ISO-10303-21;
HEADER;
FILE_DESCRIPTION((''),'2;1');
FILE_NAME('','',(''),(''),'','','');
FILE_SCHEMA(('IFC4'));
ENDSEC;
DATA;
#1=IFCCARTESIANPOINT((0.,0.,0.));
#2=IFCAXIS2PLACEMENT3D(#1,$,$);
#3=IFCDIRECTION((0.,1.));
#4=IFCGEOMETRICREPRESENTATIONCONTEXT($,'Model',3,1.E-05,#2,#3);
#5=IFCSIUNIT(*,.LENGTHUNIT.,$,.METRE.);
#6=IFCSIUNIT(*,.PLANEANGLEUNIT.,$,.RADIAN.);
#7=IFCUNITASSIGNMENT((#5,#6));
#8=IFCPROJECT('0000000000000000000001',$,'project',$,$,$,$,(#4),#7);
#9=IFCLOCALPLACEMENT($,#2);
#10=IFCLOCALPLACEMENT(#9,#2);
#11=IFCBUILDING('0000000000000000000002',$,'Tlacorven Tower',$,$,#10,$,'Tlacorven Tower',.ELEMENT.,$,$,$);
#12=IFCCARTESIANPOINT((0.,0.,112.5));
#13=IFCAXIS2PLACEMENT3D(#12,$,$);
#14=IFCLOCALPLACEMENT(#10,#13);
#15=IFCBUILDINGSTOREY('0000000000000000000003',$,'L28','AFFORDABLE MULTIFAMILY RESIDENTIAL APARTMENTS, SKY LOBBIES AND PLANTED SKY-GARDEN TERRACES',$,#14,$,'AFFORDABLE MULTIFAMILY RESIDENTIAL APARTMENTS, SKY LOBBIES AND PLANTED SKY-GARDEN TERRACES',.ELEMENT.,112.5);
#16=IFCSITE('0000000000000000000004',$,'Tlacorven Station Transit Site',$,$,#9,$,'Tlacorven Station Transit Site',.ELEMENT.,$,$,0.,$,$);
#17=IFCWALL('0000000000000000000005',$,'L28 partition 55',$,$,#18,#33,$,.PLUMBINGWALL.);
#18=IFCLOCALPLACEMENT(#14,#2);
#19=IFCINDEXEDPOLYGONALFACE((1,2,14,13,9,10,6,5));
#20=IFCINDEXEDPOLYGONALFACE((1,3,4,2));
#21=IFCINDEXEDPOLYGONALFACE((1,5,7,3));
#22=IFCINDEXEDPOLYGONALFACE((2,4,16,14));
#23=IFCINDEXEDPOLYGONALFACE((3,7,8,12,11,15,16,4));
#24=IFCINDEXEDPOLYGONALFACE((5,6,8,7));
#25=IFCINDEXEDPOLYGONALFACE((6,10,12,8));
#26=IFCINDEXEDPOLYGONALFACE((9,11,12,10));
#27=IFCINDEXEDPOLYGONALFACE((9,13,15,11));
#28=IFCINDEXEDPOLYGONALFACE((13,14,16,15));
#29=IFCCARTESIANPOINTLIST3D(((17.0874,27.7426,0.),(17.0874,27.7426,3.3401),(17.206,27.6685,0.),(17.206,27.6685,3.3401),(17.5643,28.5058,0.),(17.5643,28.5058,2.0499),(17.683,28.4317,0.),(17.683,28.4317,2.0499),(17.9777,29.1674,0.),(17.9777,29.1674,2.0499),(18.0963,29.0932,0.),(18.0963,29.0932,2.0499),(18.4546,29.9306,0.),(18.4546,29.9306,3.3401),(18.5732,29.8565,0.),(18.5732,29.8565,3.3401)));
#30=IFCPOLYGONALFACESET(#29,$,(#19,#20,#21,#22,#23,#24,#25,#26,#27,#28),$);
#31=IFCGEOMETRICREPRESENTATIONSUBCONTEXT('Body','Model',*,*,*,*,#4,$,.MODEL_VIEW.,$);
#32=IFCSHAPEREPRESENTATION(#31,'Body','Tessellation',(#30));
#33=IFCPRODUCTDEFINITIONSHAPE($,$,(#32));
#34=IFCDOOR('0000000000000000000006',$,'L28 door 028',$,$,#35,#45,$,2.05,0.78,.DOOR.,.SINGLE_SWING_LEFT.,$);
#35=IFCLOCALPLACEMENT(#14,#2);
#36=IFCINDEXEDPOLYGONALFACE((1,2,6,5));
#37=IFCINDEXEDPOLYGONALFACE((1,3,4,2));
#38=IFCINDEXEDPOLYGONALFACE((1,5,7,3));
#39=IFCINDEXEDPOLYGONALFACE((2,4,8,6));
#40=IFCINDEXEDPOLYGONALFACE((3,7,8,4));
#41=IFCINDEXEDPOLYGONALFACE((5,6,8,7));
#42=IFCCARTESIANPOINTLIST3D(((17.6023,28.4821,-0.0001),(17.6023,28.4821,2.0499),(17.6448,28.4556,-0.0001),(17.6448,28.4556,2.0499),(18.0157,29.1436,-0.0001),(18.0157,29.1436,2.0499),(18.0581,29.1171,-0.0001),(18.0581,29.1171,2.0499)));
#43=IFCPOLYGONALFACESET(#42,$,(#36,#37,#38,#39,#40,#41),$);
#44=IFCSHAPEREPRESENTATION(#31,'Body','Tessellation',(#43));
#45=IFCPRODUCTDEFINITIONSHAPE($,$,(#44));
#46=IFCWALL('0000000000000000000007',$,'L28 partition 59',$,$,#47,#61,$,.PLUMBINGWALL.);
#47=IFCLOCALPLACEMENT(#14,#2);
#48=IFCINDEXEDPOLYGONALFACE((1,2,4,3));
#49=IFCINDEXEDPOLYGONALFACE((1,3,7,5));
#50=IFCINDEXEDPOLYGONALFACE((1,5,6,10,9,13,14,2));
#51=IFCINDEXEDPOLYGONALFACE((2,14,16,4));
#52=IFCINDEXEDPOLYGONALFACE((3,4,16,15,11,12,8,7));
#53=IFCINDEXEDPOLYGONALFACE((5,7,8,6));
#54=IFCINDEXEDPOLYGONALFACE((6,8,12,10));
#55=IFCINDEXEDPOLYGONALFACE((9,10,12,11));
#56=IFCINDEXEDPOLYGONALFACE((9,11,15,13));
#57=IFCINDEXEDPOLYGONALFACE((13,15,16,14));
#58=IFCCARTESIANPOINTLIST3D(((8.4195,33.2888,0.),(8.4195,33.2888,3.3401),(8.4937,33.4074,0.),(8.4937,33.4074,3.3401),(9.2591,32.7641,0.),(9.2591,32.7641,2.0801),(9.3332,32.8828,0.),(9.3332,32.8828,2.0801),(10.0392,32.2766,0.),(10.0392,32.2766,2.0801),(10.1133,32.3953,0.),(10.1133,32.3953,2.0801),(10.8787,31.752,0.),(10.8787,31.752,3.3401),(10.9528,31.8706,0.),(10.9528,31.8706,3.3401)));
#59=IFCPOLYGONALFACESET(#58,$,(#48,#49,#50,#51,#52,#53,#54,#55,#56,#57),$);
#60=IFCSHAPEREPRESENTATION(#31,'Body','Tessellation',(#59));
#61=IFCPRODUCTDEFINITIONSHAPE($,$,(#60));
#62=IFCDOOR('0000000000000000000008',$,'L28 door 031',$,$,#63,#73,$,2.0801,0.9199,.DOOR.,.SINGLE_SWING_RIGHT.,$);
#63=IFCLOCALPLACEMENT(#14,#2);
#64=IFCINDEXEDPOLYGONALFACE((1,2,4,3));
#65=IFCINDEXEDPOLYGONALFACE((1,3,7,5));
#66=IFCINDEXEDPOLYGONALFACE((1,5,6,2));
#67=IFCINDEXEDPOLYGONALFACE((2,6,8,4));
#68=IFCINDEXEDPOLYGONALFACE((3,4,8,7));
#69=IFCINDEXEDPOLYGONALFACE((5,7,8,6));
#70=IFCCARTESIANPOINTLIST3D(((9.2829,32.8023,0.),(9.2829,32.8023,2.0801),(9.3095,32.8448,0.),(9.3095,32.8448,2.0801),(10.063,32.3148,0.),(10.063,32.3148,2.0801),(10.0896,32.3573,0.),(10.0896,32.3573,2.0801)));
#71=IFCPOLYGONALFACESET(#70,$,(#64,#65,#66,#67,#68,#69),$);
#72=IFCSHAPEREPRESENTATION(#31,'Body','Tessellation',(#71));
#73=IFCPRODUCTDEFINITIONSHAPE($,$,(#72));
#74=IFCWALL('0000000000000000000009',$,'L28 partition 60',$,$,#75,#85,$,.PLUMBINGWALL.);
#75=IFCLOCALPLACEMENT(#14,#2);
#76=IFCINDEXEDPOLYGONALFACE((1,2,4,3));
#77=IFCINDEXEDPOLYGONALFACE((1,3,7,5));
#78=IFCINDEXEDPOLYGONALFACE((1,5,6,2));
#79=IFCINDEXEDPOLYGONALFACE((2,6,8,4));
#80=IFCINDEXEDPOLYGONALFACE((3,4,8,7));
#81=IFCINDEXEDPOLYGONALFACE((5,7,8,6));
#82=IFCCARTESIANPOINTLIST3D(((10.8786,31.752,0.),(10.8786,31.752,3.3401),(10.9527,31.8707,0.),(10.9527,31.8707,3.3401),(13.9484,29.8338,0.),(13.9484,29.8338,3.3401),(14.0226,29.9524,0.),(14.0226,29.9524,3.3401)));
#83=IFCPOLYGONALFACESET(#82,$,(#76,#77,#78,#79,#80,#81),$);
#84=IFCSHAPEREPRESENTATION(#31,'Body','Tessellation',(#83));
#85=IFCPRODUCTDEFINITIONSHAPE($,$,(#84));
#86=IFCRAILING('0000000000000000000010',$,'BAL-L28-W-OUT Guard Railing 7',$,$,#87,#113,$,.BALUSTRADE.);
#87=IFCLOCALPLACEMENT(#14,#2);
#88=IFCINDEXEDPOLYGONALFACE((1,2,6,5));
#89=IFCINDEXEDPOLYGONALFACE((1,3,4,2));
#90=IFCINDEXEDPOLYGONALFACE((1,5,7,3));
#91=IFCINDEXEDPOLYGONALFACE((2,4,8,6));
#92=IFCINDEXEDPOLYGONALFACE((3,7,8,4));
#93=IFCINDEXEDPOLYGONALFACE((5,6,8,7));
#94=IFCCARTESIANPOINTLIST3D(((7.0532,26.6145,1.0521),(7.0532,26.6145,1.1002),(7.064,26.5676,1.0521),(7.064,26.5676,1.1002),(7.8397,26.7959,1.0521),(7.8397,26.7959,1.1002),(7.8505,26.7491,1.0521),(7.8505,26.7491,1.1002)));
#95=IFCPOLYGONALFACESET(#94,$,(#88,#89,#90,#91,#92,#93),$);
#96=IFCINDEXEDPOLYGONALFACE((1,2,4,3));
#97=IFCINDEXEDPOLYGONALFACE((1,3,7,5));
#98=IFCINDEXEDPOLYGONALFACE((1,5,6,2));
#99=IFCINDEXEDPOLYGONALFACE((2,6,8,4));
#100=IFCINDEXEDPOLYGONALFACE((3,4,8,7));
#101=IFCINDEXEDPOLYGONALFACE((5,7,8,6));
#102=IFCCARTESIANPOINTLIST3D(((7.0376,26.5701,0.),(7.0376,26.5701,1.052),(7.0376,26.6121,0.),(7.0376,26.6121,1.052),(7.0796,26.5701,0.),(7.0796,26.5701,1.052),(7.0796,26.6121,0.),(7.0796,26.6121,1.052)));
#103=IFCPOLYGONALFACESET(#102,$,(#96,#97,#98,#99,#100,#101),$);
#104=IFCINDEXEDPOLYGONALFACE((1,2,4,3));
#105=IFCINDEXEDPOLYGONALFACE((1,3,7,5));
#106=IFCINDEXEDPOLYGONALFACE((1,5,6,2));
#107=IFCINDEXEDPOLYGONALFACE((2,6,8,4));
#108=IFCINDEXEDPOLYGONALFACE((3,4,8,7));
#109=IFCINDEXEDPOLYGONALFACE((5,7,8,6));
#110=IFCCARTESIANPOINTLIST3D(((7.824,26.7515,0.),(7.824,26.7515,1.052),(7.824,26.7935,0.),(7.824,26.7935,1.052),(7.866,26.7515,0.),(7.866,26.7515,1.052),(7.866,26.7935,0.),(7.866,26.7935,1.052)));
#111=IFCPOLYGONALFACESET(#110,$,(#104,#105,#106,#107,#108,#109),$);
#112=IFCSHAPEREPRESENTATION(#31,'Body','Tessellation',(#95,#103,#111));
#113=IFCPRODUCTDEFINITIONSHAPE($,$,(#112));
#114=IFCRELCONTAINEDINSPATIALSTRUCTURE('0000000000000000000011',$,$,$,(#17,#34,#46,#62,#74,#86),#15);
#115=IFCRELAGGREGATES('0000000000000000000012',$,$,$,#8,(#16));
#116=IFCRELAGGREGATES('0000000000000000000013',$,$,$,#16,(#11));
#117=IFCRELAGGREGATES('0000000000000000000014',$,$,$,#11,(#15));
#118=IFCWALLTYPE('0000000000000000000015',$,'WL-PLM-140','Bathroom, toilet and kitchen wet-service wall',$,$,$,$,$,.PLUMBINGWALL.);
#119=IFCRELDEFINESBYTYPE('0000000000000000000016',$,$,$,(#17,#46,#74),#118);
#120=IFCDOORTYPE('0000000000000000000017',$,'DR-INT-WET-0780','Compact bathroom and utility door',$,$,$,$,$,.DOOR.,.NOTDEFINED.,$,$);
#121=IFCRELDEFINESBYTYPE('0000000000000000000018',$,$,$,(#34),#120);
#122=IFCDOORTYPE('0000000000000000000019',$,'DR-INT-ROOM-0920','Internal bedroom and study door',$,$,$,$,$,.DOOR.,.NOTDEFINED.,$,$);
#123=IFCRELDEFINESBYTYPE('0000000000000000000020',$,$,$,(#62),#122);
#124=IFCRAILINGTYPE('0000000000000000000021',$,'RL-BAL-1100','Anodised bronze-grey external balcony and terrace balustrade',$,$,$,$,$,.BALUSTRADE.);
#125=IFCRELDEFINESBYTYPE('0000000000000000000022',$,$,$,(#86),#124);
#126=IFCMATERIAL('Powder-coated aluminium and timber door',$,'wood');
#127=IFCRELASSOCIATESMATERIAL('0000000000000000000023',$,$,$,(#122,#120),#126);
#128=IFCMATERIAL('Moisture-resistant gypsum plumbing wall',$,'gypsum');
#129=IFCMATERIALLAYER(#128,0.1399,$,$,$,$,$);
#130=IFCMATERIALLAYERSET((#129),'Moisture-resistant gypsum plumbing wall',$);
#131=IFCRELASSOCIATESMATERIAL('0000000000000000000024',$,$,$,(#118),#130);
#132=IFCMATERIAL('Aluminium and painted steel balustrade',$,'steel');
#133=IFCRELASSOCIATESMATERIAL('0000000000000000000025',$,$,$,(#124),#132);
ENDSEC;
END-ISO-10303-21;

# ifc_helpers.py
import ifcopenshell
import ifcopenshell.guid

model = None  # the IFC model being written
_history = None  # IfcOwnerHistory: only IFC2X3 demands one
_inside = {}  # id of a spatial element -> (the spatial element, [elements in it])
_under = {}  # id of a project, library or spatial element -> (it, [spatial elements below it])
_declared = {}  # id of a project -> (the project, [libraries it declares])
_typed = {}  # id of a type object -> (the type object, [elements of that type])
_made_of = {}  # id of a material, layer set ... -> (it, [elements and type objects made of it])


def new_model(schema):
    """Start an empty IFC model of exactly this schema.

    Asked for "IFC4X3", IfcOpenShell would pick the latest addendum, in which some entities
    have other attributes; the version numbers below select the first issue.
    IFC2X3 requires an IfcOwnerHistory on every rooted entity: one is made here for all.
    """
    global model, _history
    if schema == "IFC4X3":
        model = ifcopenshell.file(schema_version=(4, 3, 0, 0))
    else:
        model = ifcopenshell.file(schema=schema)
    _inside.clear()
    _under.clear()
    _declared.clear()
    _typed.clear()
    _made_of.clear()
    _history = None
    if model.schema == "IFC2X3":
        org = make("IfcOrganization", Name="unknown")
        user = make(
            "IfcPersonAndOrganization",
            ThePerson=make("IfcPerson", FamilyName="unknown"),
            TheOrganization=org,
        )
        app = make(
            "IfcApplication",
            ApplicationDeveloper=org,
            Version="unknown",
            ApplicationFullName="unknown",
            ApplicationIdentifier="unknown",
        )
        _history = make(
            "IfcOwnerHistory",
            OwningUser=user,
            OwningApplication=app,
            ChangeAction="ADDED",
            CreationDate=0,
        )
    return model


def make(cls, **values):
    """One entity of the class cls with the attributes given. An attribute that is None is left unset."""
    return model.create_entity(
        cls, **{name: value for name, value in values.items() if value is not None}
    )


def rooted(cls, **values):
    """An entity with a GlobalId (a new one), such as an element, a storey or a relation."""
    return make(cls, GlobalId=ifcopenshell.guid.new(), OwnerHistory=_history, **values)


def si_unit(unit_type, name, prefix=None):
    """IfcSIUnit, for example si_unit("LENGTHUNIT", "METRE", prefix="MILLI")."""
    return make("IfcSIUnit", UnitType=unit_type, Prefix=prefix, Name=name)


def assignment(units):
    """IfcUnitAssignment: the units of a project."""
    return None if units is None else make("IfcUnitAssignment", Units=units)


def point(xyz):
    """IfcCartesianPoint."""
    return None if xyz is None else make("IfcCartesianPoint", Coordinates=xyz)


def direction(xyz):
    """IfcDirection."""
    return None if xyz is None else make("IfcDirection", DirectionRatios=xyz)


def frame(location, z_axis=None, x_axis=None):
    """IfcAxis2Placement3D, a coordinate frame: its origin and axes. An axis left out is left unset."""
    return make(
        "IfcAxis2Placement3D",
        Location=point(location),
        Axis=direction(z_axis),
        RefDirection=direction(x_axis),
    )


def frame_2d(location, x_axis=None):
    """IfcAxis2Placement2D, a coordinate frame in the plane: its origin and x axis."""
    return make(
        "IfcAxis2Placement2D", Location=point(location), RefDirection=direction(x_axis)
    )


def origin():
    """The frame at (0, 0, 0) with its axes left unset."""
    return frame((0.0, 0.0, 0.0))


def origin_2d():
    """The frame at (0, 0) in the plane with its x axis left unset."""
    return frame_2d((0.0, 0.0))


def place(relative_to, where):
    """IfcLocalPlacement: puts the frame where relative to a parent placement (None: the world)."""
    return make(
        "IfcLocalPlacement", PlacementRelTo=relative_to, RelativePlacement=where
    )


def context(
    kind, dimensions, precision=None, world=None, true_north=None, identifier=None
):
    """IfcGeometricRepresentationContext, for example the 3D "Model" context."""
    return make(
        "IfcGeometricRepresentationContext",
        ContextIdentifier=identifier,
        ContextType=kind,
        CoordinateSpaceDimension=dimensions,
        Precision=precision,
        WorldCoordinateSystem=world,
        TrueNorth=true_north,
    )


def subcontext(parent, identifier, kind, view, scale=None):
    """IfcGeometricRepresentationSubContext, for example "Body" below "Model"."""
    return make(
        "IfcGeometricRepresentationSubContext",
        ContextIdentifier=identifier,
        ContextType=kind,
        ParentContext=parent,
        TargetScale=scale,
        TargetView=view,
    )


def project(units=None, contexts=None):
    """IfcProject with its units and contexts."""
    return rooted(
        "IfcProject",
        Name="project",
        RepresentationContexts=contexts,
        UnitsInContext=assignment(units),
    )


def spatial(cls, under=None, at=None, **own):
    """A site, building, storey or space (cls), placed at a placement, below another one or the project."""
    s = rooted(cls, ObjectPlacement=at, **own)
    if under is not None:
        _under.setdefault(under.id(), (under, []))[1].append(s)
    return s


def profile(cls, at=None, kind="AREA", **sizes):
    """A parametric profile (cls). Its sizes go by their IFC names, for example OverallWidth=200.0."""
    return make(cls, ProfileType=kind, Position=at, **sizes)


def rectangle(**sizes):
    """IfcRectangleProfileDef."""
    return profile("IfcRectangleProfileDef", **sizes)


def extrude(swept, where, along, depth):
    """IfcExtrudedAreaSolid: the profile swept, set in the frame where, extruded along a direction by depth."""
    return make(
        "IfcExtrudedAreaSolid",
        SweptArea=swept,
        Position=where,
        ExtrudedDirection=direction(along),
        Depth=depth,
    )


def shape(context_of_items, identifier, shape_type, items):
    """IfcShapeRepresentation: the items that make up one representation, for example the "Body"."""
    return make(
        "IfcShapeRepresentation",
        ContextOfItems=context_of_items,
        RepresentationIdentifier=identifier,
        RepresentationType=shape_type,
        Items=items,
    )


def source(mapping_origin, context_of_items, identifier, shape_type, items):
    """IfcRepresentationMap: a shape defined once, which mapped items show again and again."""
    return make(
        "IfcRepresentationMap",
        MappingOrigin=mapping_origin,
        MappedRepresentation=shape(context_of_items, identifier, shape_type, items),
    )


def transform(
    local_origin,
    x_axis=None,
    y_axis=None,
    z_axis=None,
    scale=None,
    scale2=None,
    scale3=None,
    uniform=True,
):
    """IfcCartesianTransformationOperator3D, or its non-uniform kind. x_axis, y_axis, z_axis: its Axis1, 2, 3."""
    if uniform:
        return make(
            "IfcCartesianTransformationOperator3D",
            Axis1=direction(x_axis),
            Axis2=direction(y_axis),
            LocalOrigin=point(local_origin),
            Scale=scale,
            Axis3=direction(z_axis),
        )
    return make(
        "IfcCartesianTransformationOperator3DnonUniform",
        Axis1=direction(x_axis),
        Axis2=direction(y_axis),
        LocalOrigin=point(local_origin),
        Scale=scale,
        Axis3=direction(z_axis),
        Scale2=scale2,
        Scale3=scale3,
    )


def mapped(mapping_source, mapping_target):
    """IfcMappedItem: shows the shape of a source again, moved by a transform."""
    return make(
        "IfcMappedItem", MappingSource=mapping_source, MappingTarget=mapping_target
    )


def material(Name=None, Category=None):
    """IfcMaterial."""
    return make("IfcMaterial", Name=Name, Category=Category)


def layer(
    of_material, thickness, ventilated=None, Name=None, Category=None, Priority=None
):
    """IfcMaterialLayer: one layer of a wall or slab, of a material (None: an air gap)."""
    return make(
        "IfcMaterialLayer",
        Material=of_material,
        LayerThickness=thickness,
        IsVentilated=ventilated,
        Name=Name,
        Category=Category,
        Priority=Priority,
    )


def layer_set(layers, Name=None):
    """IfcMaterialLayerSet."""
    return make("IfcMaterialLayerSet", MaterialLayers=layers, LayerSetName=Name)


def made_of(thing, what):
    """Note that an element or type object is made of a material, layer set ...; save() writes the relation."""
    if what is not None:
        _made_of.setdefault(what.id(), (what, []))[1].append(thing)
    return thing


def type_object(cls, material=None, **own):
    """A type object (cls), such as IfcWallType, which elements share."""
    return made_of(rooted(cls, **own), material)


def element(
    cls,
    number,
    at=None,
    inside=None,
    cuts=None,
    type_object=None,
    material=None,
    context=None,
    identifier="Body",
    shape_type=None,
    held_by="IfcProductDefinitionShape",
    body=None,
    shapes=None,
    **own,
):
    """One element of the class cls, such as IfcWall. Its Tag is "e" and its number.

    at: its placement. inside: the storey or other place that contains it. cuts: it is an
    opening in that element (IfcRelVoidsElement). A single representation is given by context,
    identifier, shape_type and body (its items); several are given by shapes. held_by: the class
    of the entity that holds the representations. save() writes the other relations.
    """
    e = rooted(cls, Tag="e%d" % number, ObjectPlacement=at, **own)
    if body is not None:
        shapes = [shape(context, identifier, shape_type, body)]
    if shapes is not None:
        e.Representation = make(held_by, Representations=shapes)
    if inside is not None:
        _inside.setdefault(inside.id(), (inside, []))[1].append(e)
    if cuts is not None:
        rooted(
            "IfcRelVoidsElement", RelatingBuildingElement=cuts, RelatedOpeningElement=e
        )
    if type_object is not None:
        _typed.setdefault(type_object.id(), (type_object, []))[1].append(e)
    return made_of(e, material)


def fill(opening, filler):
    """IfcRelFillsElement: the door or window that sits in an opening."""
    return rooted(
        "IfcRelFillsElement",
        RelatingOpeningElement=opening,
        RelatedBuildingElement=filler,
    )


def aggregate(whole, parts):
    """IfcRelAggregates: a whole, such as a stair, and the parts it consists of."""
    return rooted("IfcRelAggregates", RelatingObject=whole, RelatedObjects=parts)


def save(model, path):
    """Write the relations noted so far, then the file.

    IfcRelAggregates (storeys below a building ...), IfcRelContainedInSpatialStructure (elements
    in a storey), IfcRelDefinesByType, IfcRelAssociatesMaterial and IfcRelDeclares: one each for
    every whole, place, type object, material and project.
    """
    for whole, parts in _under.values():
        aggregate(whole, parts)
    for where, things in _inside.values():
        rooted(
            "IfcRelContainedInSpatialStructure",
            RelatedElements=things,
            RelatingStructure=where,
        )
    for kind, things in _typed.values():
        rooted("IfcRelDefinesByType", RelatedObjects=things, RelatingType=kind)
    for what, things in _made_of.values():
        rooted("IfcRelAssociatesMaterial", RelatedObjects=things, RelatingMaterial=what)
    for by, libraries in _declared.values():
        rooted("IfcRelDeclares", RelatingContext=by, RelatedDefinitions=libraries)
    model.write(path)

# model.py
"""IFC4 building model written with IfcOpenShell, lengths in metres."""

from ifc_helpers import new_model, si_unit, direction, frame, frame_2d, origin, origin_2d, place, context, subcontext, project, spatial, rectangle, extrude, source, transform, mapped, material, layer, layer_set, type_object, element, fill, save


model = new_model("IFC4")

# Units and contexts
model_context = context("Model", 3, precision=1e-05, world=origin(), true_north=direction((0.0, 1.0)))
body_context = subcontext(model_context, "Body", "Model", "MODEL_VIEW")
ifc_project = project(units=[si_unit("LENGTHUNIT", "METRE"), si_unit("PLANEANGLEUNIT", "RADIAN")], contexts=[model_context])

# Site, building, storey
site_placement = place(None, origin())
site = spatial("IfcSite", under=ifc_project, at=site_placement, Name="Tlacorven Station Transit Site", LongName="Tlacorven Station Transit Site", CompositionType="ELEMENT", RefElevation=0.0)
building_placement = place(site_placement, origin())
building = spatial("IfcBuilding", under=site, at=building_placement, Name="Tlacorven Tower", LongName="Tlacorven Tower", CompositionType="ELEMENT")
storey_placement = place(building_placement, frame((0.0, 0.0, 112.5)))
storey = spatial("IfcBuildingStorey", under=building, at=storey_placement, Name="L28", Description="AFFORDABLE MULTIFAMILY RESIDENTIAL APARTMENTS, SKY LOBBIES AND PLANTED SKY-GARDEN TERRACES", LongName="AFFORDABLE MULTIFAMILY RESIDENTIAL APARTMENTS, SKY LOBBIES AND PLANTED SKY-GARDEN TERRACES", CompositionType="ELEMENT", Elevation=112.5)

# Walls, openings, doors
ifc_material_1 = material(Name="Powder-coated aluminium and timber door", Category="wood")
door_type_1 = type_object("IfcDoorType", Name="DR-INT-ROOM-0920", Description="Internal bedroom and study door", OperationType="NOTDEFINED", PredefinedType="DOOR", material=ifc_material_1)
shared_shape_1 = source(origin(), body_context, "Body", "SweptSolid", [
    extrude(rectangle(XDim=0.9199, YDim=2.0801, at=frame_2d((0.46, 1.04))), frame((0.0, 0.0249, 0.0), z_axis=(0.0, -1.0, 0.0), x_axis=(1.0, 0.0, 0.0)), (0.0, 0.0, 1.0), 0.05),
])
ifc_material_2 = material(Name="Moisture-resistant gypsum plumbing wall", Category="gypsum")
ifc_layer_1 = layer(ifc_material_2, 0.1399)
ifc_layer_set_1 = layer_set([ifc_layer_1], Name="Moisture-resistant gypsum plumbing wall")
wall_type_1 = type_object("IfcWallType", Name="WL-PLM-140", Description="Bathroom, toilet and kitchen wet-service wall", PredefinedType="PLUMBINGWALL", material=ifc_layer_set_1)
door_type_2 = type_object("IfcDoorType", Name="DR-INT-WET-0780", Description="Compact bathroom and utility door", OperationType="NOTDEFINED", PredefinedType="DOOR", material=ifc_material_1)
shared_shape_2 = source(origin(), body_context, "Body", "SweptSolid", [
    extrude(rectangle(XDim=0.78, YDim=2.05, at=frame_2d((0.3901, 1.0249))), frame((0.0, 0.0249, 0.0), z_axis=(0.0, -1.0, 0.0), x_axis=(1.0, 0.0, 0.0)), (0.0, 0.0, 1.0), 0.05),
])
wall_1_placement = place(storey_placement, frame((18.5139, 29.8936, 0.0), z_axis=(0.0, 0.0, 1.0), x_axis=(-0.529914, -0.848051, 0.0)))
wall_1 = element("IfcWall", 1, at=wall_1_placement, inside=storey, type_object=wall_type_1, Name="L28 partition 55", PredefinedType="PLUMBINGWALL", context=body_context, shape_type="SweptSolid", body=[
    extrude(rectangle(XDim=2.5801, YDim=0.1399, at=frame_2d((1.29, 0.0))), origin(), (0.0, 0.0, 1.0), 3.3401),
])
opening_1_placement = place(wall_1_placement, frame((0.8999, 0.0, 0.0)))
opening_1 = element("IfcOpeningElement", 2, at=opening_1_placement, cuts=wall_1, PredefinedType="OPENING", context=body_context, shape_type="SweptSolid", body=[
    extrude(rectangle(XDim=0.78, YDim=2.05, at=frame_2d((0.3901, 1.0249))), frame((0.0, 0.0801, 0.0), z_axis=(0.0, -1.0, 0.0), x_axis=(1.0, 0.0, 0.0)), (0.0, 0.0, 1.0), 0.1599),
])
door_1_placement = place(opening_1_placement, origin())
door_1 = element("IfcDoor", 3, at=door_1_placement, inside=storey, type_object=door_type_2, Name="L28 door 028", OperationType="SINGLE_SWING_LEFT", OverallHeight=2.05, OverallWidth=0.78, PredefinedType="DOOR", context=body_context, shape_type="MappedRepresentation", body=[
    mapped(shared_shape_2, transform((0.0, 0.0, 0.0), scale=1.0)),
])
fill(opening_1, door_1)
wall_2_placement = place(storey_placement, frame((10.9158, 31.8113, 0.0), z_axis=(0.0, 0.0, 1.0), x_axis=(-0.848022, 0.529961, 0.0)))
wall_2 = element("IfcWall", 4, at=wall_2_placement, inside=storey, type_object=wall_type_1, Name="L28 partition 59", PredefinedType="PLUMBINGWALL", context=body_context, shape_type="SweptSolid", body=[
    extrude(rectangle(XDim=2.8999, YDim=0.1399, at=frame_2d((1.45, 0.0))), origin(), (0.0, 0.0, 1.0), 3.3401),
])
opening_2_placement = place(wall_2_placement, frame((0.99, 0.0, 0.0)))
opening_2 = element("IfcOpeningElement", 5, at=opening_2_placement, cuts=wall_2, PredefinedType="OPENING", context=body_context, shape_type="SweptSolid", body=[
    extrude(rectangle(XDim=0.9199, YDim=2.0801, at=frame_2d((0.46, 1.04))), frame((0.0, 0.0801, 0.0), z_axis=(0.0, -1.0, 0.0), x_axis=(1.0, 0.0, 0.0)), (0.0, 0.0, 1.0), 0.1599),
])
door_2_placement = place(opening_2_placement, origin())
door_2 = element("IfcDoor", 6, at=door_2_placement, inside=storey, type_object=door_type_1, Name="L28 door 031", OperationType="SINGLE_SWING_RIGHT", OverallHeight=2.0801, OverallWidth=0.9199, PredefinedType="DOOR", context=body_context, shape_type="MappedRepresentation", body=[
    mapped(shared_shape_1, transform((0.0, 0.0, 0.0), scale=1.0)),
])
fill(opening_2, door_2)

# Wall
wall_3_placement = place(storey_placement, frame((13.9856, 29.8931, 0.0), z_axis=(0.0, 0.0, 1.0), x_axis=(-0.848051, 0.529914, 0.0)))
element("IfcWall", 7, at=wall_3_placement, inside=storey, type_object=wall_type_1, Name="L28 partition 60", PredefinedType="PLUMBINGWALL", context=body_context, shape_type="SweptSolid", body=[
    extrude(rectangle(XDim=3.6199, YDim=0.1399, at=frame_2d((1.8101, 0.0))), origin(), (0.0, 0.0, 1.0), 3.3401),
])

# Railing
ifc_material_3 = material(Name="Aluminium and painted steel balustrade", Category="steel")
railing_type = type_object("IfcRailingType", Name="RL-BAL-1100", Description="Anodised bronze-grey external balcony and terrace balustrade", PredefinedType="BALUSTRADE", material=ifc_material_3)
shared_shape_3 = source(origin(), body_context, "Body", "SweptSolid", [
    extrude(rectangle(XDim=0.0481, YDim=0.0481, at=origin_2d()), frame((0.0, 0.0, 1.0762), z_axis=(0.974412, 0.224771, 0.0), x_axis=(-0.224771, 0.974412, 0.0)), (0.0, 0.0, 1.0), 0.8071),
    extrude(rectangle(XDim=0.042, YDim=0.042, at=origin_2d()), origin(), (0.0, 0.0, 1.0), 1.052),
    extrude(rectangle(XDim=0.042, YDim=0.042, at=origin_2d()), frame((0.7864, 0.1814, 0.0)), (0.0, 0.0, 1.0), 1.052),
])
railing_placement = place(storey_placement, frame((7.0586, 26.5911, 0.0)))
element("IfcRailing", 8, at=railing_placement, inside=storey, type_object=railing_type, Name="BAL-L28-W-OUT Guard Railing 7", PredefinedType="BALUSTRADE", context=body_context, shape_type="MappedRepresentation", body=[
    mapped(shared_shape_3, transform((0.0, 0.0, 0.0), scale=1.0)),
])

save(model, "model.ifc")
